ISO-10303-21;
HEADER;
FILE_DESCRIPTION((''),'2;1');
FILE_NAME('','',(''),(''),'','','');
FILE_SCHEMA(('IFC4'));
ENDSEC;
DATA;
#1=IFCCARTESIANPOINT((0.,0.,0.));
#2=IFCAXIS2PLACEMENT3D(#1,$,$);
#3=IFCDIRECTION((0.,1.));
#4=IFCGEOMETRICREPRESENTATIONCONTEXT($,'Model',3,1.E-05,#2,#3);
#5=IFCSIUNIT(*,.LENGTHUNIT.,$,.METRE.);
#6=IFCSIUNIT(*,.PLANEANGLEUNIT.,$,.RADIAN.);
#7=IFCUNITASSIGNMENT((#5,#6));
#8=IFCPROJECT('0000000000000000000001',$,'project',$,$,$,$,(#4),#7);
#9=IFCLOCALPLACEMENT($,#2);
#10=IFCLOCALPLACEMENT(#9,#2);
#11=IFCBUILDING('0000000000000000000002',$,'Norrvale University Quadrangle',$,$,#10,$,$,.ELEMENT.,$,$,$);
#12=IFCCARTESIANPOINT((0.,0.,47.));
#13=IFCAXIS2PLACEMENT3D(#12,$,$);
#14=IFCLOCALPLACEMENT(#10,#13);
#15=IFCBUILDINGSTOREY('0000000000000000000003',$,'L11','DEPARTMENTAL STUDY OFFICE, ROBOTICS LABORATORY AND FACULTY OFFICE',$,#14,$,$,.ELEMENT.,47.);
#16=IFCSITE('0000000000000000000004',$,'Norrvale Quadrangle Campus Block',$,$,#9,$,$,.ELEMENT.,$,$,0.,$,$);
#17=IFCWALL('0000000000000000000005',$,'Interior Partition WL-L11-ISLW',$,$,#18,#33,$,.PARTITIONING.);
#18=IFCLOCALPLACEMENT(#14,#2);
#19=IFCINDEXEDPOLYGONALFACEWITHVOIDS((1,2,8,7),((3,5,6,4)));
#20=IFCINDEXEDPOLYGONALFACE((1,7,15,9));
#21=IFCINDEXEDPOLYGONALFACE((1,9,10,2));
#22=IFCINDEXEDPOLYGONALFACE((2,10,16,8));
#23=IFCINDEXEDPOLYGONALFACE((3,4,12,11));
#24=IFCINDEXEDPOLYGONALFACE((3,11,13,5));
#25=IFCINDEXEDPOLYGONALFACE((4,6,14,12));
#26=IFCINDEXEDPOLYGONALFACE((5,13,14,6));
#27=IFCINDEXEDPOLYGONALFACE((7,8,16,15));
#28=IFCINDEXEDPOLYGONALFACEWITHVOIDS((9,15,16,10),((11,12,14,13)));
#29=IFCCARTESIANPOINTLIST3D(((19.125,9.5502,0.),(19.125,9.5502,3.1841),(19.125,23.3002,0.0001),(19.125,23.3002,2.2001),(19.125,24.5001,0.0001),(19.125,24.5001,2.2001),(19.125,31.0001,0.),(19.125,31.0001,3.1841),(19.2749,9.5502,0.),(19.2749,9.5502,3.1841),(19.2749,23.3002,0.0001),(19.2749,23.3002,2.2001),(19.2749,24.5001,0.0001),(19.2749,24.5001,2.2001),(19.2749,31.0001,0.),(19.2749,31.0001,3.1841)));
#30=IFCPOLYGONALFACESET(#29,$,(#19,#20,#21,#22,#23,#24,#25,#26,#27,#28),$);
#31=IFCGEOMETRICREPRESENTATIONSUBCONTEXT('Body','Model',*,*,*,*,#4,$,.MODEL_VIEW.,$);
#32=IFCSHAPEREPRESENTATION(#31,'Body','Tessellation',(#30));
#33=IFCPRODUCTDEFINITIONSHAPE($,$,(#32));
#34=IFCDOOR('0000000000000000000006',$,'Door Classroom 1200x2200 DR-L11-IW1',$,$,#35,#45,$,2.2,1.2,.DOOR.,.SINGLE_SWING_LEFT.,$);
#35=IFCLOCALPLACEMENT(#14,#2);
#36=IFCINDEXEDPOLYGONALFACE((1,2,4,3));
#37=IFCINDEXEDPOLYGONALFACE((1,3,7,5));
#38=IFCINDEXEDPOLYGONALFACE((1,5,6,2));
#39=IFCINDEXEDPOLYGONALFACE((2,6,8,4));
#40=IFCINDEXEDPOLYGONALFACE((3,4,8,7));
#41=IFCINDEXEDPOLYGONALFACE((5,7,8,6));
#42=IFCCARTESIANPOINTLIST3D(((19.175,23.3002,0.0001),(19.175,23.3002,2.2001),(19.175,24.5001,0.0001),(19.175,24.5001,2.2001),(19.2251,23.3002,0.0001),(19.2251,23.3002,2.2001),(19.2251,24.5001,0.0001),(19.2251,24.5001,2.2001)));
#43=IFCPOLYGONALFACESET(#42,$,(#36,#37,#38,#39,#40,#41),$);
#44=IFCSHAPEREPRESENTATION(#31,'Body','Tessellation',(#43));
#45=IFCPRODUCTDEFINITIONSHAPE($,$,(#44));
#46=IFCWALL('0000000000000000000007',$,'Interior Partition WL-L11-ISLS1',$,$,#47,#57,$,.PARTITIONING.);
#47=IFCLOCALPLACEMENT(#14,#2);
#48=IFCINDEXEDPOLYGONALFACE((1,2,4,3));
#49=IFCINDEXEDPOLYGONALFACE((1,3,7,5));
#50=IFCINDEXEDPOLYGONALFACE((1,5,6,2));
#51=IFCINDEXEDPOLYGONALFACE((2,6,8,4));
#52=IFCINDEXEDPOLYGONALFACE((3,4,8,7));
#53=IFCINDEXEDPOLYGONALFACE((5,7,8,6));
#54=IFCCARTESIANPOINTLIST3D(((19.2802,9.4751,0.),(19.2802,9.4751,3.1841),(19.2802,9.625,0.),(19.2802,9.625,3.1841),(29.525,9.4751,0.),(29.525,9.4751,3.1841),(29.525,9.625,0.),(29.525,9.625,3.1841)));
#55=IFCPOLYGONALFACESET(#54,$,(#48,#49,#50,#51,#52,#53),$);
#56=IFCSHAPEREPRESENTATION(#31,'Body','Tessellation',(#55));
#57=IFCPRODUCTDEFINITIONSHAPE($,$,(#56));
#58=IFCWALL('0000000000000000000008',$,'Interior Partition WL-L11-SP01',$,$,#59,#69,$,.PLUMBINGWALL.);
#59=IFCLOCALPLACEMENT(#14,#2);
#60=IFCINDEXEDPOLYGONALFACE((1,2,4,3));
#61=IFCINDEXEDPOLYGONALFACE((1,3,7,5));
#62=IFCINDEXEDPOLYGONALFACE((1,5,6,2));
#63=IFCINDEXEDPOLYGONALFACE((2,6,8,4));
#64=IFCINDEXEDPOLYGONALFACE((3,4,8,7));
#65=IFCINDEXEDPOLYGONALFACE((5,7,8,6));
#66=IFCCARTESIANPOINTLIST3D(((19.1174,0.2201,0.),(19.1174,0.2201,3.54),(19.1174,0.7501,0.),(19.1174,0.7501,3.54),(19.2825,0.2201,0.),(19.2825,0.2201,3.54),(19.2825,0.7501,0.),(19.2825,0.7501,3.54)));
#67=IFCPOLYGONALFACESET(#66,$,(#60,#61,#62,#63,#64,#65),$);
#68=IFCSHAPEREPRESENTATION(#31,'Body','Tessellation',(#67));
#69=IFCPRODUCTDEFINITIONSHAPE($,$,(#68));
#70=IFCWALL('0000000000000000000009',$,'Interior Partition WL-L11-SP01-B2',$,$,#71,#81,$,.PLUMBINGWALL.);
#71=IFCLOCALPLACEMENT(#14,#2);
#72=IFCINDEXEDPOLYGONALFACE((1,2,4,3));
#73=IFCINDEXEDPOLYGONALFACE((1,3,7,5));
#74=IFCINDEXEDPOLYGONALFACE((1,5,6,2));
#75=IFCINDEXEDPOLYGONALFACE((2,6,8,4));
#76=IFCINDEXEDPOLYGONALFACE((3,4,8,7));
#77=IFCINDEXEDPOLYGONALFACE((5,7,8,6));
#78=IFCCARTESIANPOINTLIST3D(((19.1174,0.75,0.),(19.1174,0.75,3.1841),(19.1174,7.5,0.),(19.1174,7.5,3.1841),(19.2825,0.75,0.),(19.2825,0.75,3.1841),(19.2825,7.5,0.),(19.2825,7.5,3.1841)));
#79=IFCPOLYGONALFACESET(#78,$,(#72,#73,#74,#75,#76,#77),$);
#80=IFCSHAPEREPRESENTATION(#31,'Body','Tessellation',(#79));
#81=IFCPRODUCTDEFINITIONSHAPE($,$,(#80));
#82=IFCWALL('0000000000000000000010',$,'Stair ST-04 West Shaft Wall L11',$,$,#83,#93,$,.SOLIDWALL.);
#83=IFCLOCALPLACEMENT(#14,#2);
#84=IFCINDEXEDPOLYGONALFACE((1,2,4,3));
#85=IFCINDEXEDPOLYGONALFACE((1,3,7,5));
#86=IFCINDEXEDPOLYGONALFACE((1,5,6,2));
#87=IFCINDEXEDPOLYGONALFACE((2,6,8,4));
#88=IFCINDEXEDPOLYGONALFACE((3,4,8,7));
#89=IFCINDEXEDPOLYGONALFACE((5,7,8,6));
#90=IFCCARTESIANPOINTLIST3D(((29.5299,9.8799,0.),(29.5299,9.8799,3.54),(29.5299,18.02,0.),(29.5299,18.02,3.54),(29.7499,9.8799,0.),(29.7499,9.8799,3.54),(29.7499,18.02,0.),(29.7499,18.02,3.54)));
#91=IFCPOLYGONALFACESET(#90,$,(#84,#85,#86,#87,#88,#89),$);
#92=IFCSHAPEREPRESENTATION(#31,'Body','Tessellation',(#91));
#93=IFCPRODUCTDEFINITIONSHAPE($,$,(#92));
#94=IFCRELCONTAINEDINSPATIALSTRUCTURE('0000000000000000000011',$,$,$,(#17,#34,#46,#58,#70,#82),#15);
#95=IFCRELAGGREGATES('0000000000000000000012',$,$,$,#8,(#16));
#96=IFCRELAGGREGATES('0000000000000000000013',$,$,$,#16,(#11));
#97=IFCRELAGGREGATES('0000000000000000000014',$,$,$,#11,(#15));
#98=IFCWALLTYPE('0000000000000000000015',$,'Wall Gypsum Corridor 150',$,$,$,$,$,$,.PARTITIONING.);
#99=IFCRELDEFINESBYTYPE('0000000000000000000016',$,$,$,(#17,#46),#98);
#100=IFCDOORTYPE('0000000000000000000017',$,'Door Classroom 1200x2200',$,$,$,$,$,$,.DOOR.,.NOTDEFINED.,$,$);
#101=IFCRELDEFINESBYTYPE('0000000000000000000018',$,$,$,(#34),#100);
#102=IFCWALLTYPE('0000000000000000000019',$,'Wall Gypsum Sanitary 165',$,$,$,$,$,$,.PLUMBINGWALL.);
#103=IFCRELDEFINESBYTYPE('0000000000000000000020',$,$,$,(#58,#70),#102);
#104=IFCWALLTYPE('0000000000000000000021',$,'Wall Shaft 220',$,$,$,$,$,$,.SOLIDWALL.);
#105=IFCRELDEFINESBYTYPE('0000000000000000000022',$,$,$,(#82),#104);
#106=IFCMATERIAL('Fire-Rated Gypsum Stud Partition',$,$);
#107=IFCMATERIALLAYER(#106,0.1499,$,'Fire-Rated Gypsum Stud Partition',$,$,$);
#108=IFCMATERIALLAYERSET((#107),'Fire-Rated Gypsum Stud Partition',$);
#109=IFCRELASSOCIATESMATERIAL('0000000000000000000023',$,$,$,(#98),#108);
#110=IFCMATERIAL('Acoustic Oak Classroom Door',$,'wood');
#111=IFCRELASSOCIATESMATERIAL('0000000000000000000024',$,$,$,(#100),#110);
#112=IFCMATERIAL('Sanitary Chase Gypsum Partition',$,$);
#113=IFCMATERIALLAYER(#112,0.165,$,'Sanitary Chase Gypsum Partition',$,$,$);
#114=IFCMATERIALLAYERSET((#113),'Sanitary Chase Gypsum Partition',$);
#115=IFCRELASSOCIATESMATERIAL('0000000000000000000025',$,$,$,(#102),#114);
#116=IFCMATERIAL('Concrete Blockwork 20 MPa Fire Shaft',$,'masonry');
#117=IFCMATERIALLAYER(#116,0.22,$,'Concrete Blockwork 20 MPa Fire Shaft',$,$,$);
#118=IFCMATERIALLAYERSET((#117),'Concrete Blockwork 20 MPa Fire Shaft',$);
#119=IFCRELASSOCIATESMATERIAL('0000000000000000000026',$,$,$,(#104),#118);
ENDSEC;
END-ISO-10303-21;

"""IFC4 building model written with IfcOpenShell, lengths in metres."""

from ifc_helpers import new_model, si_unit, direction, frame, frame_2d, origin, place, context, subcontext, project, spatial, rectangle, extrude, material, layer, layer_set, type_object, element, fill, save


model = new_model("IFC4")

# Units and contexts
model_context = context("Model", 3, precision=1e-05, world=origin(), true_north=direction((0.0, 1.0)))
body_context = subcontext(model_context, "Body", "Model", "MODEL_VIEW")
ifc_project = project(units=[si_unit("LENGTHUNIT", "METRE"), si_unit("PLANEANGLEUNIT", "RADIAN")], contexts=[model_context])

# Site, building, storey
site_placement = place(None, origin())
site = spatial("IfcSite", under=ifc_project, at=site_placement, Name="Norrvale Quadrangle Campus Block", CompositionType="ELEMENT", RefElevation=0.0)
building_placement = place(site_placement, origin())
building = spatial("IfcBuilding", under=site, at=building_placement, Name="Norrvale University Quadrangle", CompositionType="ELEMENT")
storey_placement = place(building_placement, frame((0.0, 0.0, 47.0)))
storey = spatial("IfcBuildingStorey", under=building, at=storey_placement, Name="L11", Description="DEPARTMENTAL STUDY OFFICE, ROBOTICS LABORATORY AND FACULTY OFFICE", CompositionType="ELEMENT", Elevation=47.0)

# Wall, opening, door
ifc_material_1 = material(Name="Fire-Rated Gypsum Stud Partition")
ifc_layer_1 = layer(ifc_material_1, 0.1499, Name="Fire-Rated Gypsum Stud Partition")
ifc_layer_set_1 = layer_set([ifc_layer_1], Name="Fire-Rated Gypsum Stud Partition")
wall_type_1 = type_object("IfcWallType", Name="Wall Gypsum Corridor 150", PredefinedType="PARTITIONING", material=ifc_layer_set_1)
wall_1_placement = place(storey_placement, frame((19.2, 9.55, 0.0), z_axis=(0.0, 0.0, 1.0), x_axis=(0.0, 1.0, 0.0)))
wall_1 = element("IfcWall", 1, at=wall_1_placement, inside=storey, type_object=wall_type_1, Name="Interior Partition WL-L11-ISLW", PredefinedType="PARTITIONING", context=body_context, shape_type="SweptSolid", body=[
    extrude(rectangle(XDim=21.45, YDim=0.1499, at=frame_2d((10.7251, 0.0))), origin(), (0.0, 0.0, 1.0), 3.1841),
])
opening_placement = place(wall_1_placement, frame((13.75, 0.0, 0.0)))
opening = element("IfcOpeningElement", 2, at=opening_placement, cuts=wall_1, PredefinedType="OPENING", context=body_context, shape_type="SweptSolid", body=[
    extrude(rectangle(XDim=1.2, YDim=2.2, at=frame_2d((0.6001, 1.1001))), frame((0.0, 0.0869, 0.0), z_axis=(0.0, -1.0, 0.0), x_axis=(1.0, 0.0, 0.0)), (0.0, 0.0, 1.0), 0.1738),
])
ifc_material_2 = material(Name="Acoustic Oak Classroom Door", Category="wood")
door_type = type_object("IfcDoorType", Name="Door Classroom 1200x2200", OperationType="NOTDEFINED", PredefinedType="DOOR", material=ifc_material_2)
door_placement = place(opening_placement, origin())
door = element("IfcDoor", 3, at=door_placement, inside=storey, type_object=door_type, Name="Door Classroom 1200x2200 DR-L11-IW1", OperationType="SINGLE_SWING_LEFT", OverallHeight=2.2, OverallWidth=1.2, PredefinedType="DOOR", context=body_context, shape_type="SweptSolid", body=[
    extrude(rectangle(XDim=1.2, YDim=2.2, at=frame_2d((0.6001, 1.1001))), frame((0.0, 0.0249, 0.0), z_axis=(0.0, -1.0, 0.0), x_axis=(1.0, 0.0, 0.0)), (0.0, 0.0, 1.0), 0.05),
])
fill(opening, door)

# Walls
wall_2_placement = place(storey_placement, frame((19.28, 9.55, 0.0), z_axis=(0.0, 0.0, 1.0), x_axis=(1.0, 0.0, 0.0)))
element("IfcWall", 4, at=wall_2_placement, inside=storey, type_object=wall_type_1, Name="Interior Partition WL-L11-ISLS1", PredefinedType="PARTITIONING", context=body_context, shape_type="SweptSolid", body=[
    extrude(rectangle(XDim=10.2449, YDim=0.1499, at=frame_2d((5.1226, 0.0))), origin(), (0.0, 0.0, 1.0), 3.1841),
])
ifc_material_3 = material(Name="Sanitary Chase Gypsum Partition")
ifc_layer_2 = layer(ifc_material_3, 0.165, Name="Sanitary Chase Gypsum Partition")
ifc_layer_set_2 = layer_set([ifc_layer_2], Name="Sanitary Chase Gypsum Partition")
wall_type_2 = type_object("IfcWallType", Name="Wall Gypsum Sanitary 165", PredefinedType="PLUMBINGWALL", material=ifc_layer_set_2)
wall_3_placement = place(storey_placement, frame((19.2, 0.22, 0.0), z_axis=(0.0, 0.0, 1.0), x_axis=(0.0, 1.0, 0.0)))
element("IfcWall", 5, at=wall_3_placement, inside=storey, type_object=wall_type_2, Name="Interior Partition WL-L11-SP01", PredefinedType="PLUMBINGWALL", context=body_context, shape_type="SweptSolid", body=[
    extrude(rectangle(XDim=0.53, YDim=0.165, at=frame_2d((0.2651, 0.0))), origin(), (0.0, 0.0, 1.0), 3.54),
])
wall_4_placement = place(storey_placement, frame((19.2, 0.75, 0.0), z_axis=(0.0, 0.0, 1.0), x_axis=(0.0, 1.0, 0.0)))
element("IfcWall", 6, at=wall_4_placement, inside=storey, type_object=wall_type_2, Name="Interior Partition WL-L11-SP01-B2", PredefinedType="PLUMBINGWALL", context=body_context, shape_type="SweptSolid", body=[
    extrude(rectangle(XDim=6.75, YDim=0.165, at=frame_2d((3.375, 0.0))), origin(), (0.0, 0.0, 1.0), 3.1841),
])
ifc_material_4 = material(Name="Concrete Blockwork 20 MPa Fire Shaft", Category="masonry")
ifc_layer_3 = layer(ifc_material_4, 0.22, Name="Concrete Blockwork 20 MPa Fire Shaft")
ifc_layer_set_3 = layer_set([ifc_layer_3], Name="Concrete Blockwork 20 MPa Fire Shaft")
wall_type_3 = type_object("IfcWallType", Name="Wall Shaft 220", PredefinedType="SOLIDWALL", material=ifc_layer_set_3)
wall_5_placement = place(storey_placement, frame((29.6399, 9.8799, 0.0), z_axis=(0.0, 0.0, 1.0), x_axis=(0.0, 1.0, 0.0)))
element("IfcWall", 7, at=wall_5_placement, inside=storey, type_object=wall_type_3, Name="Stair ST-04 West Shaft Wall L11", PredefinedType="SOLIDWALL", context=body_context, shape_type="SweptSolid", body=[
    extrude(rectangle(XDim=8.1401, YDim=0.22, at=frame_2d((4.0701, 0.0))), origin(), (0.0, 0.0, 1.0), 3.54),
])

save(model, "model.ifc")
